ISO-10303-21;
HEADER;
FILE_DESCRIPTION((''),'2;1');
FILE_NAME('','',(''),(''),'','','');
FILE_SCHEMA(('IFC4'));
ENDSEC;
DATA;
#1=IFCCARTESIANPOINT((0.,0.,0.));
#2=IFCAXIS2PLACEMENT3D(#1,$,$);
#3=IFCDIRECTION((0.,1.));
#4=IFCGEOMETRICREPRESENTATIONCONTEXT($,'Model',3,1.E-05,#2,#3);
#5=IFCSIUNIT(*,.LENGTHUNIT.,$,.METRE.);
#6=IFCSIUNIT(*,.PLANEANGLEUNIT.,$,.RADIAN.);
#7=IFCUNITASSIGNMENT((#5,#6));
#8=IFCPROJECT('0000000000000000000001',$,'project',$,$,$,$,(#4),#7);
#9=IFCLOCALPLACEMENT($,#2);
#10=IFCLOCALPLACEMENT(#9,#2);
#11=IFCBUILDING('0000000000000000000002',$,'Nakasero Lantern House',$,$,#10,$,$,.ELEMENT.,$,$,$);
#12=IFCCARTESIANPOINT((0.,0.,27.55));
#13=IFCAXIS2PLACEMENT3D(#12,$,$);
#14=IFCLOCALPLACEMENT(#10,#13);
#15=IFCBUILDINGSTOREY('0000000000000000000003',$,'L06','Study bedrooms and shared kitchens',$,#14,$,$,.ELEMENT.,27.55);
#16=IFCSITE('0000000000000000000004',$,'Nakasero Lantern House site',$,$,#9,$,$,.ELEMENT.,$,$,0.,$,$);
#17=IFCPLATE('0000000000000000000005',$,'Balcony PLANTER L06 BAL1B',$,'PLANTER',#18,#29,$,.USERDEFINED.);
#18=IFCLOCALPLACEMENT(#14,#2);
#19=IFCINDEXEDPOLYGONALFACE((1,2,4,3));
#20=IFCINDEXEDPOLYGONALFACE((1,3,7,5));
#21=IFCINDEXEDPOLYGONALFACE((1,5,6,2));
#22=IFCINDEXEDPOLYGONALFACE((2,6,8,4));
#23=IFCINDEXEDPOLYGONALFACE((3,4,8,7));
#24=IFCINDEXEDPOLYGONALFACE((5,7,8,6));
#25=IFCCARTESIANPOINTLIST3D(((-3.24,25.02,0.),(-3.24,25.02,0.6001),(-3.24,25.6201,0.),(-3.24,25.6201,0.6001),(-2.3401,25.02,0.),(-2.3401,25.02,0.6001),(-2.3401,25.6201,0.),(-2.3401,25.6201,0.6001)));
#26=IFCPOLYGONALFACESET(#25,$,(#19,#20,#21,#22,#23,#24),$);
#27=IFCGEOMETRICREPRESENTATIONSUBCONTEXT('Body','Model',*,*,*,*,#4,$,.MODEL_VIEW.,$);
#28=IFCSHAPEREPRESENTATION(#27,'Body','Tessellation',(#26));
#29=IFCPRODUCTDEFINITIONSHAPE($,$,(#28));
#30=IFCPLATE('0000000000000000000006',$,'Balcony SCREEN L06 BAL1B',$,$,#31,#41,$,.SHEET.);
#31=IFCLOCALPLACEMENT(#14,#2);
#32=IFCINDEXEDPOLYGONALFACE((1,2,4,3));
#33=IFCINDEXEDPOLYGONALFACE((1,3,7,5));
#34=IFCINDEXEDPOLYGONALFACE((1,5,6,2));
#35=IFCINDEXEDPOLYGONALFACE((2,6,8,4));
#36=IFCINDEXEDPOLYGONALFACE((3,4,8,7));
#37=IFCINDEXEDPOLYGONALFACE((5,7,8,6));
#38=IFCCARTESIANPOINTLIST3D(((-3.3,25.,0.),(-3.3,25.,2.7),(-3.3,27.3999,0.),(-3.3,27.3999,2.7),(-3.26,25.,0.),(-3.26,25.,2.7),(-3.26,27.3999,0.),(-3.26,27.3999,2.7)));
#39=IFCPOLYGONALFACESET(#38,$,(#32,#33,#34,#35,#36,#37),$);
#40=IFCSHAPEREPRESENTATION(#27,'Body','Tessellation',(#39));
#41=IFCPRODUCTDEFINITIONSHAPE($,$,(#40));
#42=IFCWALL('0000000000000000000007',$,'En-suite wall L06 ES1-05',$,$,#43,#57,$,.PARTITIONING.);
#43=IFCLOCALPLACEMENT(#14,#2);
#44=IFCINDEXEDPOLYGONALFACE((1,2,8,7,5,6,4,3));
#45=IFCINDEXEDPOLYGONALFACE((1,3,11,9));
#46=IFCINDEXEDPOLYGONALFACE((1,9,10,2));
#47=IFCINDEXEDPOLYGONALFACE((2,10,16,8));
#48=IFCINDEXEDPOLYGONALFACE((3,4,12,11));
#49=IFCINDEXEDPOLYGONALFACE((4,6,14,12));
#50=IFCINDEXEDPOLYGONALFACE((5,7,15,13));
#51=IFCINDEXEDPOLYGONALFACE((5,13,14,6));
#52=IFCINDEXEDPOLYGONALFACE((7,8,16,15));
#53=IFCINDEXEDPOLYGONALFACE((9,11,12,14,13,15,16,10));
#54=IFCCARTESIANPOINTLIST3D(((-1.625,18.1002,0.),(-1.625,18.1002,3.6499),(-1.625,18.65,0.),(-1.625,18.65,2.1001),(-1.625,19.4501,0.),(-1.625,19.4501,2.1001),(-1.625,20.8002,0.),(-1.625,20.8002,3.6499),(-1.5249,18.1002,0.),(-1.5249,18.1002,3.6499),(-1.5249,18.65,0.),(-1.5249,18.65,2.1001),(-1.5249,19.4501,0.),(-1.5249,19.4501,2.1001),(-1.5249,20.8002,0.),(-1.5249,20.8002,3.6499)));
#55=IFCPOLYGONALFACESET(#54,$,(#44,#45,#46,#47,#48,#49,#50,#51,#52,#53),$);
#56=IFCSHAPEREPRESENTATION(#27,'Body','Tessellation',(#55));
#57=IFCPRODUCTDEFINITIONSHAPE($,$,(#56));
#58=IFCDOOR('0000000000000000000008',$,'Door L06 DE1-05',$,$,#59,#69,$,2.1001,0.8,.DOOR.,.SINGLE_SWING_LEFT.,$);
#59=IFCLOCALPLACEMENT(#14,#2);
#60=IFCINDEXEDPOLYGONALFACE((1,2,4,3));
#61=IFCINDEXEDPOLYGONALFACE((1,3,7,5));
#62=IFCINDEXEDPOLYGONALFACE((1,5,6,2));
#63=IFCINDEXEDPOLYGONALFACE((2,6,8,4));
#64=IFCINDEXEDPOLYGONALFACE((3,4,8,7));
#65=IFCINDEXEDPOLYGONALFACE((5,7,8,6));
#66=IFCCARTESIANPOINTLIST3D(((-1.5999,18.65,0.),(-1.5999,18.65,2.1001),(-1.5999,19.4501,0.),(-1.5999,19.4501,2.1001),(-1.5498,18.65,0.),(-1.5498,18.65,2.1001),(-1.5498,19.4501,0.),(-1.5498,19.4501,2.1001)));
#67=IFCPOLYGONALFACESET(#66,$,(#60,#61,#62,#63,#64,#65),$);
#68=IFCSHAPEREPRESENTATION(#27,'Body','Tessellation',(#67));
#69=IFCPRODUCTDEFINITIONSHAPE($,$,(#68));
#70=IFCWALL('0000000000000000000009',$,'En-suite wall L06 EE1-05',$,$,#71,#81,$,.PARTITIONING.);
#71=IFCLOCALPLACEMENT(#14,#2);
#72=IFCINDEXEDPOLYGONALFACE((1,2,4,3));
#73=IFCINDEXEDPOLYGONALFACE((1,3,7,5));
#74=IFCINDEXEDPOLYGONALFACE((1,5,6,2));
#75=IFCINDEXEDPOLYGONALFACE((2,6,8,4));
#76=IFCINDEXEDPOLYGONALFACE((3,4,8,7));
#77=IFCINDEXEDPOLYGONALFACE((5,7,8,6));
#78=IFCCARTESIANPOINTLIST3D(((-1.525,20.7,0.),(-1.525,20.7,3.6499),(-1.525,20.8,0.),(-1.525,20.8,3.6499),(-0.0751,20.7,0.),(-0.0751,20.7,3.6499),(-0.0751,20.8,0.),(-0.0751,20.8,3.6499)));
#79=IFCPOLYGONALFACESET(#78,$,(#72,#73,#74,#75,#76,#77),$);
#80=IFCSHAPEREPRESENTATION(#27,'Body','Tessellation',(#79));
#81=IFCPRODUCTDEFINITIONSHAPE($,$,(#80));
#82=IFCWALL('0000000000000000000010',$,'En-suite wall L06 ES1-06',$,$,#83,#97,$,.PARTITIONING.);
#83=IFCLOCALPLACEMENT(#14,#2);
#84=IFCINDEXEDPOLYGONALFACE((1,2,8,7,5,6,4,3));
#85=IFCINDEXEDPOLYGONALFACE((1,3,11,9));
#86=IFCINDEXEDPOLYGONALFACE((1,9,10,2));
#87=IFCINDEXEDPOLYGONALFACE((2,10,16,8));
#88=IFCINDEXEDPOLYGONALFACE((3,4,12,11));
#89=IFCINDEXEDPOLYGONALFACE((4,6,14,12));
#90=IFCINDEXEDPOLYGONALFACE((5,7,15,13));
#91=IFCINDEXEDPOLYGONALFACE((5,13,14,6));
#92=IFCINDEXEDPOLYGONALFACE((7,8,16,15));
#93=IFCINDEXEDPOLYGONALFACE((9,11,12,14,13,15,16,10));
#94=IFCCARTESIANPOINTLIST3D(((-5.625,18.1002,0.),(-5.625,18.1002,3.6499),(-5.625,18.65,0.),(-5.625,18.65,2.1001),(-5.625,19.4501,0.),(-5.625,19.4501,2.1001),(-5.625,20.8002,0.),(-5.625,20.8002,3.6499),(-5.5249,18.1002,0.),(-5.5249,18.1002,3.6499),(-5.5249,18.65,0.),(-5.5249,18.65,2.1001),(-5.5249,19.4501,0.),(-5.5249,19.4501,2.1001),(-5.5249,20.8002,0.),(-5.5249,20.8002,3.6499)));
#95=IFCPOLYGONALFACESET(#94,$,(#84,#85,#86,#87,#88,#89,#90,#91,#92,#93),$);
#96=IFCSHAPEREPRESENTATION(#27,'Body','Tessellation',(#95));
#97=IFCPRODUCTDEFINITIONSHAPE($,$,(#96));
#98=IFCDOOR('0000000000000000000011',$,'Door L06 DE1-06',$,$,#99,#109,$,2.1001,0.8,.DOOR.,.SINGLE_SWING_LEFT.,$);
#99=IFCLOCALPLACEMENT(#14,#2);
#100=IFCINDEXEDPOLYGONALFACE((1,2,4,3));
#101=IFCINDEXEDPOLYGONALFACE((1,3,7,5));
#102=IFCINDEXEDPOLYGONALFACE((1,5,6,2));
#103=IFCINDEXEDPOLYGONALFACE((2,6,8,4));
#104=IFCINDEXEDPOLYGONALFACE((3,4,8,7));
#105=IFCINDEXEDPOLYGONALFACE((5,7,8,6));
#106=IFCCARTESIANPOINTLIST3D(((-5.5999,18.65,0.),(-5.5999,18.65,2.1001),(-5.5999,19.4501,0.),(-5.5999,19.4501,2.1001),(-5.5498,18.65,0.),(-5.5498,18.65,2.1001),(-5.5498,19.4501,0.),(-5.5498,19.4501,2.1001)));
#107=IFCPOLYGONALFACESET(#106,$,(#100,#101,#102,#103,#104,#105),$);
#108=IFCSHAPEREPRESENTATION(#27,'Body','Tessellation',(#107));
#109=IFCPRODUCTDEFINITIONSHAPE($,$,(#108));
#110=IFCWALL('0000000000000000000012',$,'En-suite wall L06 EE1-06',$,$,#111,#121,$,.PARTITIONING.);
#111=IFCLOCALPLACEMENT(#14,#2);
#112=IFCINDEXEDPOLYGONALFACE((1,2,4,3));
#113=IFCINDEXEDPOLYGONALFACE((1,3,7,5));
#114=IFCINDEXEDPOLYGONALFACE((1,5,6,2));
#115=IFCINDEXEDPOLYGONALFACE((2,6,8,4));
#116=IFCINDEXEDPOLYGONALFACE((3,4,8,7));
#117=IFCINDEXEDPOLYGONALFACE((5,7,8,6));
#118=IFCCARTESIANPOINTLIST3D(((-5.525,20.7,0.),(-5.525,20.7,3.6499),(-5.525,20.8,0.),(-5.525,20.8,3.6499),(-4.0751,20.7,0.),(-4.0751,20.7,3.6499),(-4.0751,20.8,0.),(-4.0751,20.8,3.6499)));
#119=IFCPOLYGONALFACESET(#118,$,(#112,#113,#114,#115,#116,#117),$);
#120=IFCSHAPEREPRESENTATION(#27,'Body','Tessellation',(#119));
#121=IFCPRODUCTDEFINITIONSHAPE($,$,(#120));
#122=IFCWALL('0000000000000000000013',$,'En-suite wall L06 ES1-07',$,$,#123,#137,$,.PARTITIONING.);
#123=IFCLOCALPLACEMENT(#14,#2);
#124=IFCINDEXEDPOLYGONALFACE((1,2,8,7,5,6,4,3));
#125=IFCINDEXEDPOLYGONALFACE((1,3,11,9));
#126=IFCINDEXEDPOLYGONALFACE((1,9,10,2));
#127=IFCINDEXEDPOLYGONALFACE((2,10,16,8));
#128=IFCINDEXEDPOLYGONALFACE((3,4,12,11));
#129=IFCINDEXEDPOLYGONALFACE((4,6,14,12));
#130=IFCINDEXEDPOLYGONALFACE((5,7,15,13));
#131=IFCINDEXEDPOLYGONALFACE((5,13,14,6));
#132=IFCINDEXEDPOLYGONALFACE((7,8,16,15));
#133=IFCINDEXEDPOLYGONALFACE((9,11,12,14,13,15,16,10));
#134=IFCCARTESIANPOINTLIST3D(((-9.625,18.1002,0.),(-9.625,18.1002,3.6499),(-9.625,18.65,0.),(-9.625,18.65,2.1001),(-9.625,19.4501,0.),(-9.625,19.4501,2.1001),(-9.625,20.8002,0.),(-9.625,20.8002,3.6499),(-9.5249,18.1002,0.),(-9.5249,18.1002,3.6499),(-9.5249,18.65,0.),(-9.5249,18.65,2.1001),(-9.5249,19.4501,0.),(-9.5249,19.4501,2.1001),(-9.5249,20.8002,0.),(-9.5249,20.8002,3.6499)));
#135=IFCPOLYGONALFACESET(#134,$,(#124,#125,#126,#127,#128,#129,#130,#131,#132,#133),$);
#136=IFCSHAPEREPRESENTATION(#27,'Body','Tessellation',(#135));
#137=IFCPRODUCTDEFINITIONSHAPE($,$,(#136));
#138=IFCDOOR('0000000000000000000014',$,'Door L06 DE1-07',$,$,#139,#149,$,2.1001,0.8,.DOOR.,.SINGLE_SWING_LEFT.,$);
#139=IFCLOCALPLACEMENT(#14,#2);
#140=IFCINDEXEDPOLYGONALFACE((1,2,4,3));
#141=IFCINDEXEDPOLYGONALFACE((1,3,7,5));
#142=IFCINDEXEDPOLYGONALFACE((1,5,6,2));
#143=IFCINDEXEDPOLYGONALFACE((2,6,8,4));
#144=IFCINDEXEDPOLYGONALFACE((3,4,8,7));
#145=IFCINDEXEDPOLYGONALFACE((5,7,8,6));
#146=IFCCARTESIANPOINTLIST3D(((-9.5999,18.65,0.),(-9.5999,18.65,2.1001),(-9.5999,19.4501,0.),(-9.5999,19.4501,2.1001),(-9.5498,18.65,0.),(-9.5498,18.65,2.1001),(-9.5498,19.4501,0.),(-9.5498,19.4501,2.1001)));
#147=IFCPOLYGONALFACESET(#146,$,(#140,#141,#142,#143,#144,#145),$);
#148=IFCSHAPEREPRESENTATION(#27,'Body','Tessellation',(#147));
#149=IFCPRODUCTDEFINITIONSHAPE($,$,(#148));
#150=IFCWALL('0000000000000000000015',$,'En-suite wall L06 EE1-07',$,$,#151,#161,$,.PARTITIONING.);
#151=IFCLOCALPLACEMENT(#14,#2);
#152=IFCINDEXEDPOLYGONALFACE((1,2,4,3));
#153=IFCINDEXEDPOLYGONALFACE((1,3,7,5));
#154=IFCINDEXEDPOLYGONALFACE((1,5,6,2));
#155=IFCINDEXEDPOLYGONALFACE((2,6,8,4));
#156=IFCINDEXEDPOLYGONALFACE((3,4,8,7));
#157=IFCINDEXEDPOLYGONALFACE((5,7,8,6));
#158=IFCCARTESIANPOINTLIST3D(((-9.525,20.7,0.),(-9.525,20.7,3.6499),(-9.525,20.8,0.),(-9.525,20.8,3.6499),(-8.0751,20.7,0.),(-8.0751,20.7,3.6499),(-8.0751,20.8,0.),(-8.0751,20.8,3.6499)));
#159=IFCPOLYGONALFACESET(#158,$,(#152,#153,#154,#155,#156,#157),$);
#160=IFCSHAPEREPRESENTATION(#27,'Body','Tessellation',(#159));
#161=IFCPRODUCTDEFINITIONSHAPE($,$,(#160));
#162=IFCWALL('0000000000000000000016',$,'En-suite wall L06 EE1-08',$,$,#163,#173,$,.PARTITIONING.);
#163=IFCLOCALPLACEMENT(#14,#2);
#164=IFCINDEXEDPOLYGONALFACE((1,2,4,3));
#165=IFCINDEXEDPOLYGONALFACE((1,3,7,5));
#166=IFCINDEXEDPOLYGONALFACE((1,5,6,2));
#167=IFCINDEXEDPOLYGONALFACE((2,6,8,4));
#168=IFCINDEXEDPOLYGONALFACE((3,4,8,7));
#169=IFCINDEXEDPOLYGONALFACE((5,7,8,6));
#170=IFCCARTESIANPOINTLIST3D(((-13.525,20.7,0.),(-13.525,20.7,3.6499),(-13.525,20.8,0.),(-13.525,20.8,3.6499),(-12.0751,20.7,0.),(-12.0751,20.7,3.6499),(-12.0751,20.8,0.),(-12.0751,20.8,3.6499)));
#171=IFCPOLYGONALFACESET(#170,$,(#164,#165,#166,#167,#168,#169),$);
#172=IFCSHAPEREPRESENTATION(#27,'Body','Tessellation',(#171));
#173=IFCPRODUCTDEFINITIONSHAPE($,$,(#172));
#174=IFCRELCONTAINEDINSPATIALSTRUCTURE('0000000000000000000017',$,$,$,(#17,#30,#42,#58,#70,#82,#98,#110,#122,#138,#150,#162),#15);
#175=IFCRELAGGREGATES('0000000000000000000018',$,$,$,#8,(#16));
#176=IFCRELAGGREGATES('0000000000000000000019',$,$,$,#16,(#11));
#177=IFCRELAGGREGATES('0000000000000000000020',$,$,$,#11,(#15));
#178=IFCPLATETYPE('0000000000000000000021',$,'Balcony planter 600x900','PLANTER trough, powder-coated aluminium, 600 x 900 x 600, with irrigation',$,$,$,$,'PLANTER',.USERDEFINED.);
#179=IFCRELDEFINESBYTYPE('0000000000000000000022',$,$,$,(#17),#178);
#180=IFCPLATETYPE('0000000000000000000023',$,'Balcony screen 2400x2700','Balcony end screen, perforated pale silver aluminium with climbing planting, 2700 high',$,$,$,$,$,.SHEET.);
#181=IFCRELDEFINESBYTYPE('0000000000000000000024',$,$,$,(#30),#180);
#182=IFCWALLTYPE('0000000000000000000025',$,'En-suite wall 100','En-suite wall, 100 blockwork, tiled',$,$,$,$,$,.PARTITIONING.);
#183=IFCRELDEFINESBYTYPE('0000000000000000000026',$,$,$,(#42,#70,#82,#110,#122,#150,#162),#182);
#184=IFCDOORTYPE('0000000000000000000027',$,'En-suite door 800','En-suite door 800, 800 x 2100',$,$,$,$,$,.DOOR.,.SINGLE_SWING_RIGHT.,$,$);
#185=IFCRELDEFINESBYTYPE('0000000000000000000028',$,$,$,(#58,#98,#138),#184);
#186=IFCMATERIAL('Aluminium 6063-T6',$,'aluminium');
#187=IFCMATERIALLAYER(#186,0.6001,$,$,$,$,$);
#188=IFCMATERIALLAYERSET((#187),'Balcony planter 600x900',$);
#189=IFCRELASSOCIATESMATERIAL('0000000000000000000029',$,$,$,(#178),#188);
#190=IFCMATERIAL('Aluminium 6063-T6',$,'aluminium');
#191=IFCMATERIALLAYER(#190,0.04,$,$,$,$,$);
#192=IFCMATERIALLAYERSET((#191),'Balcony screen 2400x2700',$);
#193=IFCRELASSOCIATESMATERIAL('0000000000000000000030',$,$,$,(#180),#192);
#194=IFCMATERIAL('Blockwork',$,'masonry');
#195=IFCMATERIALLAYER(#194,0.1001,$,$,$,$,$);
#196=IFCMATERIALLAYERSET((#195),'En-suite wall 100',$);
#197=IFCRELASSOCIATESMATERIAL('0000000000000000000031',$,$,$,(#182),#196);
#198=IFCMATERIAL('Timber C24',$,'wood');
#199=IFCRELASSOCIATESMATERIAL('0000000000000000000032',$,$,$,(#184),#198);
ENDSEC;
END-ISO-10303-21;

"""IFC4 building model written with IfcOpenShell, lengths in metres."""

from ifc_helpers import new_model, si_unit, direction, frame, frame_2d, origin, origin_2d, place, context, subcontext, project, spatial, rectangle, extrude, material, layer, layer_set, type_object, element, fill, save


model = new_model("IFC4")

# Units and contexts
model_context = context("Model", 3, precision=1e-05, world=origin(), true_north=direction((0.0, 1.0)))
body_context = subcontext(model_context, "Body", "Model", "MODEL_VIEW")
ifc_project = project(units=[si_unit("LENGTHUNIT", "METRE"), si_unit("PLANEANGLEUNIT", "RADIAN")], contexts=[model_context])

# Site, building, storey
site_placement = place(None, origin())
site = spatial("IfcSite", under=ifc_project, at=site_placement, Name="Nakasero Lantern House site", CompositionType="ELEMENT", RefElevation=0.0)
building_placement = place(site_placement, origin())
building = spatial("IfcBuilding", under=site, at=building_placement, Name="Nakasero Lantern House", CompositionType="ELEMENT")
storey_placement = place(building_placement, frame((0.0, 0.0, 27.55)))
storey = spatial("IfcBuildingStorey", under=building, at=storey_placement, Name="L06", Description="Study bedrooms and shared kitchens", CompositionType="ELEMENT", Elevation=27.55)

# Plates
ifc_material_1 = material(Name="Aluminium 6063-T6", Category="aluminium")
ifc_layer_1 = layer(ifc_material_1, 0.6001)
ifc_layer_set_1 = layer_set([ifc_layer_1], Name="Balcony planter 600x900")
plate_type_1 = type_object("IfcPlateType", Name="Balcony planter 600x900", Description="PLANTER trough, powder-coated aluminium, 600 x 900 x 600, with irrigation", ElementType="PLANTER", PredefinedType="USERDEFINED", material=ifc_layer_set_1)
plate_1_placement = place(storey_placement, frame((-2.79, 25.3201, 0.0), z_axis=(0.0, 0.0, 1.0), x_axis=(0.0, 1.0, 0.0)))
element("IfcPlate", 1, at=plate_1_placement, inside=storey, type_object=plate_type_1, Name="Balcony PLANTER L06 BAL1B", ObjectType="PLANTER", PredefinedType="USERDEFINED", context=body_context, shape_type="SweptSolid", body=[
    extrude(rectangle(XDim=0.6001, YDim=0.8999, at=origin_2d()), origin(), (0.0, 0.0, 1.0), 0.6001),
])
ifc_material_2 = material(Name="Aluminium 6063-T6", Category="aluminium")
ifc_layer_2 = layer(ifc_material_2, 0.04)
ifc_layer_set_2 = layer_set([ifc_layer_2], Name="Balcony screen 2400x2700")
plate_type_2 = type_object("IfcPlateType", Name="Balcony screen 2400x2700", Description="Balcony end screen, perforated pale silver aluminium with climbing planting, 2700 high", PredefinedType="SHEET", material=ifc_layer_set_2)
plate_2_placement = place(storey_placement, frame((-3.28, 26.2, 0.0), z_axis=(0.0, 0.0, 1.0), x_axis=(0.0, 1.0, 0.0)))
element("IfcPlate", 2, at=plate_2_placement, inside=storey, type_object=plate_type_2, Name="Balcony SCREEN L06 BAL1B", PredefinedType="SHEET", context=body_context, shape_type="SweptSolid", body=[
    extrude(rectangle(XDim=2.3999, YDim=0.04, at=origin_2d()), origin(), (0.0, 0.0, 1.0), 2.7),
])

# Wall, opening, door
ifc_material_3 = material(Name="Blockwork", Category="masonry")
ifc_layer_3 = layer(ifc_material_3, 0.1001)
ifc_layer_set_3 = layer_set([ifc_layer_3], Name="En-suite wall 100")
wall_type_1 = type_object("IfcWallType", Name="En-suite wall 100", Description="En-suite wall, 100 blockwork, tiled", PredefinedType="PARTITIONING", material=ifc_layer_set_3)
wall_1_placement = place(storey_placement, frame((-1.575, 18.1001, 0.0), z_axis=(0.0, 0.0, 1.0), x_axis=(0.0, 1.0, 0.0)))
wall_1 = element("IfcWall", 3, at=wall_1_placement, inside=storey, type_object=wall_type_1, Name="En-suite wall L06 ES1-05", PredefinedType="PARTITIONING", context=body_context, shape_type="SweptSolid", body=[
    extrude(rectangle(XDim=2.7, YDim=0.1001, at=frame_2d((1.3501, 0.0))), origin(), (0.0, 0.0, 1.0), 3.6499),
])
opening_1_placement = place(wall_1_placement, frame((0.55, 0.0, 0.0)))
opening_1 = element("IfcOpeningElement", 4, at=opening_1_placement, cuts=wall_1, PredefinedType="OPENING", context=body_context, shape_type="SweptSolid", body=[
    extrude(rectangle(XDim=0.8, YDim=2.1001, at=frame_2d((0.3999, 1.05))), frame((0.0, 0.0701, 0.0), z_axis=(0.0, -1.0, 0.0), x_axis=(1.0, 0.0, 0.0)), (0.0, 0.0, 1.0), 0.1401),
])
ifc_material_4 = material(Name="Timber C24", Category="wood")
door_type_1 = type_object("IfcDoorType", Name="En-suite door 800", Description="En-suite door 800, 800 x 2100", OperationType="SINGLE_SWING_RIGHT", PredefinedType="DOOR", material=ifc_material_4)
door_1_placement = place(opening_1_placement, origin())
door_1 = element("IfcDoor", 5, at=door_1_placement, inside=storey, type_object=door_type_1, Name="Door L06 DE1-05", OperationType="SINGLE_SWING_LEFT", OverallHeight=2.1001, OverallWidth=0.8, PredefinedType="DOOR", context=body_context, shape_type="SweptSolid", body=[
    extrude(rectangle(XDim=0.8, YDim=2.1001, at=frame_2d((0.3999, 1.05))), frame((0.0, 0.0249, 0.0), z_axis=(0.0, -1.0, 0.0), x_axis=(1.0, 0.0, 0.0)), (0.0, 0.0, 1.0), 0.05),
])
fill(opening_1, door_1)

# Wall
wall_2_placement = place(storey_placement, frame((-0.075, 20.75, 0.0), z_axis=(0.0, 0.0, 1.0), x_axis=(-1.0, 0.0, 0.0)))
element("IfcWall", 6, at=wall_2_placement, inside=storey, type_object=wall_type_1, Name="En-suite wall L06 EE1-05", PredefinedType="PARTITIONING", context=body_context, shape_type="SweptSolid", body=[
    extrude(rectangle(XDim=1.45, YDim=0.1001, at=frame_2d((0.7251, 0.0))), origin(), (0.0, 0.0, 1.0), 3.6499),
])

# Wall, opening, door
wall_3_placement = place(storey_placement, frame((-5.575, 18.1001, 0.0), z_axis=(0.0, 0.0, 1.0), x_axis=(0.0, 1.0, 0.0)))
wall_3 = element("IfcWall", 7, at=wall_3_placement, inside=storey, type_object=wall_type_1, Name="En-suite wall L06 ES1-06", PredefinedType="PARTITIONING", context=body_context, shape_type="SweptSolid", body=[
    extrude(rectangle(XDim=2.7, YDim=0.1001, at=frame_2d((1.3501, 0.0))), origin(), (0.0, 0.0, 1.0), 3.6499),
])
opening_2_placement = place(wall_3_placement, frame((0.55, 0.0, 0.0)))
opening_2 = element("IfcOpeningElement", 8, at=opening_2_placement, cuts=wall_3, PredefinedType="OPENING", context=body_context, shape_type="SweptSolid", body=[
    extrude(rectangle(XDim=0.8, YDim=2.1001, at=frame_2d((0.3999, 1.05))), frame((0.0, 0.0701, 0.0), z_axis=(0.0, -1.0, 0.0), x_axis=(1.0, 0.0, 0.0)), (0.0, 0.0, 1.0), 0.1401),
])
door_2_placement = place(opening_2_placement, origin())
door_2 = element("IfcDoor", 9, at=door_2_placement, inside=storey, type_object=door_type_1, Name="Door L06 DE1-06", OperationType="SINGLE_SWING_LEFT", OverallHeight=2.1001, OverallWidth=0.8, PredefinedType="DOOR", context=body_context, shape_type="SweptSolid", body=[
    extrude(rectangle(XDim=0.8, YDim=2.1001, at=frame_2d((0.3999, 1.05))), frame((0.0, 0.0249, 0.0), z_axis=(0.0, -1.0, 0.0), x_axis=(1.0, 0.0, 0.0)), (0.0, 0.0, 1.0), 0.05),
])
fill(opening_2, door_2)

# Wall
wall_4_placement = place(storey_placement, frame((-4.075, 20.75, 0.0), z_axis=(0.0, 0.0, 1.0), x_axis=(-1.0, 0.0, 0.0)))
element("IfcWall", 10, at=wall_4_placement, inside=storey, type_object=wall_type_1, Name="En-suite wall L06 EE1-06", PredefinedType="PARTITIONING", context=body_context, shape_type="SweptSolid", body=[
    extrude(rectangle(XDim=1.45, YDim=0.1001, at=frame_2d((0.7251, 0.0))), origin(), (0.0, 0.0, 1.0), 3.6499),
])

# Wall, opening, door
wall_5_placement = place(storey_placement, frame((-9.575, 18.1001, 0.0), z_axis=(0.0, 0.0, 1.0), x_axis=(0.0, 1.0, 0.0)))
wall_5 = element("IfcWall", 11, at=wall_5_placement, inside=storey, type_object=wall_type_1, Name="En-suite wall L06 ES1-07", PredefinedType="PARTITIONING", context=body_context, shape_type="SweptSolid", body=[
    extrude(rectangle(XDim=2.7, YDim=0.1001, at=frame_2d((1.3501, 0.0))), origin(), (0.0, 0.0, 1.0), 3.6499),
])
opening_3_placement = place(wall_5_placement, frame((0.55, 0.0, 0.0)))
opening_3 = element("IfcOpeningElement", 12, at=opening_3_placement, cuts=wall_5, PredefinedType="OPENING", context=body_context, shape_type="SweptSolid", body=[
    extrude(rectangle(XDim=0.8, YDim=2.1001, at=frame_2d((0.3999, 1.05))), frame((0.0, 0.0701, 0.0), z_axis=(0.0, -1.0, 0.0), x_axis=(1.0, 0.0, 0.0)), (0.0, 0.0, 1.0), 0.1401),
])
door_3_placement = place(opening_3_placement, origin())
door_3 = element("IfcDoor", 13, at=door_3_placement, inside=storey, type_object=door_type_1, Name="Door L06 DE1-07", OperationType="SINGLE_SWING_LEFT", OverallHeight=2.1001, OverallWidth=0.8, PredefinedType="DOOR", context=body_context, shape_type="SweptSolid", body=[
    extrude(rectangle(XDim=0.8, YDim=2.1001, at=frame_2d((0.3999, 1.05))), frame((0.0, 0.0249, 0.0), z_axis=(0.0, -1.0, 0.0), x_axis=(1.0, 0.0, 0.0)), (0.0, 0.0, 1.0), 0.05),
])
fill(opening_3, door_3)

# Walls
for number, where, z_axis, x_axis, name in (
    (14, (-8.075, 20.75, 0.0), (0.0, 0.0, 1.0), (-1.0, 0.0, 0.0), "En-suite wall L06 EE1-07"),
    (15, (-12.075, 20.75, 0.0), (0.0, 0.0, 1.0), (-1.0, 0.0, 0.0), "En-suite wall L06 EE1-08"),
):
    element("IfcWall", number, at=place(storey_placement, frame(where, z_axis=z_axis, x_axis=x_axis)), inside=storey, type_object=wall_type_1, Name=name, PredefinedType="PARTITIONING", context=body_context, shape_type="SweptSolid", body=[
        extrude(rectangle(XDim=1.45, YDim=0.1001, at=frame_2d((0.7251, 0.0))), origin(), (0.0, 0.0, 1.0), 3.6499),
    ])

save(model, "model.ifc")
